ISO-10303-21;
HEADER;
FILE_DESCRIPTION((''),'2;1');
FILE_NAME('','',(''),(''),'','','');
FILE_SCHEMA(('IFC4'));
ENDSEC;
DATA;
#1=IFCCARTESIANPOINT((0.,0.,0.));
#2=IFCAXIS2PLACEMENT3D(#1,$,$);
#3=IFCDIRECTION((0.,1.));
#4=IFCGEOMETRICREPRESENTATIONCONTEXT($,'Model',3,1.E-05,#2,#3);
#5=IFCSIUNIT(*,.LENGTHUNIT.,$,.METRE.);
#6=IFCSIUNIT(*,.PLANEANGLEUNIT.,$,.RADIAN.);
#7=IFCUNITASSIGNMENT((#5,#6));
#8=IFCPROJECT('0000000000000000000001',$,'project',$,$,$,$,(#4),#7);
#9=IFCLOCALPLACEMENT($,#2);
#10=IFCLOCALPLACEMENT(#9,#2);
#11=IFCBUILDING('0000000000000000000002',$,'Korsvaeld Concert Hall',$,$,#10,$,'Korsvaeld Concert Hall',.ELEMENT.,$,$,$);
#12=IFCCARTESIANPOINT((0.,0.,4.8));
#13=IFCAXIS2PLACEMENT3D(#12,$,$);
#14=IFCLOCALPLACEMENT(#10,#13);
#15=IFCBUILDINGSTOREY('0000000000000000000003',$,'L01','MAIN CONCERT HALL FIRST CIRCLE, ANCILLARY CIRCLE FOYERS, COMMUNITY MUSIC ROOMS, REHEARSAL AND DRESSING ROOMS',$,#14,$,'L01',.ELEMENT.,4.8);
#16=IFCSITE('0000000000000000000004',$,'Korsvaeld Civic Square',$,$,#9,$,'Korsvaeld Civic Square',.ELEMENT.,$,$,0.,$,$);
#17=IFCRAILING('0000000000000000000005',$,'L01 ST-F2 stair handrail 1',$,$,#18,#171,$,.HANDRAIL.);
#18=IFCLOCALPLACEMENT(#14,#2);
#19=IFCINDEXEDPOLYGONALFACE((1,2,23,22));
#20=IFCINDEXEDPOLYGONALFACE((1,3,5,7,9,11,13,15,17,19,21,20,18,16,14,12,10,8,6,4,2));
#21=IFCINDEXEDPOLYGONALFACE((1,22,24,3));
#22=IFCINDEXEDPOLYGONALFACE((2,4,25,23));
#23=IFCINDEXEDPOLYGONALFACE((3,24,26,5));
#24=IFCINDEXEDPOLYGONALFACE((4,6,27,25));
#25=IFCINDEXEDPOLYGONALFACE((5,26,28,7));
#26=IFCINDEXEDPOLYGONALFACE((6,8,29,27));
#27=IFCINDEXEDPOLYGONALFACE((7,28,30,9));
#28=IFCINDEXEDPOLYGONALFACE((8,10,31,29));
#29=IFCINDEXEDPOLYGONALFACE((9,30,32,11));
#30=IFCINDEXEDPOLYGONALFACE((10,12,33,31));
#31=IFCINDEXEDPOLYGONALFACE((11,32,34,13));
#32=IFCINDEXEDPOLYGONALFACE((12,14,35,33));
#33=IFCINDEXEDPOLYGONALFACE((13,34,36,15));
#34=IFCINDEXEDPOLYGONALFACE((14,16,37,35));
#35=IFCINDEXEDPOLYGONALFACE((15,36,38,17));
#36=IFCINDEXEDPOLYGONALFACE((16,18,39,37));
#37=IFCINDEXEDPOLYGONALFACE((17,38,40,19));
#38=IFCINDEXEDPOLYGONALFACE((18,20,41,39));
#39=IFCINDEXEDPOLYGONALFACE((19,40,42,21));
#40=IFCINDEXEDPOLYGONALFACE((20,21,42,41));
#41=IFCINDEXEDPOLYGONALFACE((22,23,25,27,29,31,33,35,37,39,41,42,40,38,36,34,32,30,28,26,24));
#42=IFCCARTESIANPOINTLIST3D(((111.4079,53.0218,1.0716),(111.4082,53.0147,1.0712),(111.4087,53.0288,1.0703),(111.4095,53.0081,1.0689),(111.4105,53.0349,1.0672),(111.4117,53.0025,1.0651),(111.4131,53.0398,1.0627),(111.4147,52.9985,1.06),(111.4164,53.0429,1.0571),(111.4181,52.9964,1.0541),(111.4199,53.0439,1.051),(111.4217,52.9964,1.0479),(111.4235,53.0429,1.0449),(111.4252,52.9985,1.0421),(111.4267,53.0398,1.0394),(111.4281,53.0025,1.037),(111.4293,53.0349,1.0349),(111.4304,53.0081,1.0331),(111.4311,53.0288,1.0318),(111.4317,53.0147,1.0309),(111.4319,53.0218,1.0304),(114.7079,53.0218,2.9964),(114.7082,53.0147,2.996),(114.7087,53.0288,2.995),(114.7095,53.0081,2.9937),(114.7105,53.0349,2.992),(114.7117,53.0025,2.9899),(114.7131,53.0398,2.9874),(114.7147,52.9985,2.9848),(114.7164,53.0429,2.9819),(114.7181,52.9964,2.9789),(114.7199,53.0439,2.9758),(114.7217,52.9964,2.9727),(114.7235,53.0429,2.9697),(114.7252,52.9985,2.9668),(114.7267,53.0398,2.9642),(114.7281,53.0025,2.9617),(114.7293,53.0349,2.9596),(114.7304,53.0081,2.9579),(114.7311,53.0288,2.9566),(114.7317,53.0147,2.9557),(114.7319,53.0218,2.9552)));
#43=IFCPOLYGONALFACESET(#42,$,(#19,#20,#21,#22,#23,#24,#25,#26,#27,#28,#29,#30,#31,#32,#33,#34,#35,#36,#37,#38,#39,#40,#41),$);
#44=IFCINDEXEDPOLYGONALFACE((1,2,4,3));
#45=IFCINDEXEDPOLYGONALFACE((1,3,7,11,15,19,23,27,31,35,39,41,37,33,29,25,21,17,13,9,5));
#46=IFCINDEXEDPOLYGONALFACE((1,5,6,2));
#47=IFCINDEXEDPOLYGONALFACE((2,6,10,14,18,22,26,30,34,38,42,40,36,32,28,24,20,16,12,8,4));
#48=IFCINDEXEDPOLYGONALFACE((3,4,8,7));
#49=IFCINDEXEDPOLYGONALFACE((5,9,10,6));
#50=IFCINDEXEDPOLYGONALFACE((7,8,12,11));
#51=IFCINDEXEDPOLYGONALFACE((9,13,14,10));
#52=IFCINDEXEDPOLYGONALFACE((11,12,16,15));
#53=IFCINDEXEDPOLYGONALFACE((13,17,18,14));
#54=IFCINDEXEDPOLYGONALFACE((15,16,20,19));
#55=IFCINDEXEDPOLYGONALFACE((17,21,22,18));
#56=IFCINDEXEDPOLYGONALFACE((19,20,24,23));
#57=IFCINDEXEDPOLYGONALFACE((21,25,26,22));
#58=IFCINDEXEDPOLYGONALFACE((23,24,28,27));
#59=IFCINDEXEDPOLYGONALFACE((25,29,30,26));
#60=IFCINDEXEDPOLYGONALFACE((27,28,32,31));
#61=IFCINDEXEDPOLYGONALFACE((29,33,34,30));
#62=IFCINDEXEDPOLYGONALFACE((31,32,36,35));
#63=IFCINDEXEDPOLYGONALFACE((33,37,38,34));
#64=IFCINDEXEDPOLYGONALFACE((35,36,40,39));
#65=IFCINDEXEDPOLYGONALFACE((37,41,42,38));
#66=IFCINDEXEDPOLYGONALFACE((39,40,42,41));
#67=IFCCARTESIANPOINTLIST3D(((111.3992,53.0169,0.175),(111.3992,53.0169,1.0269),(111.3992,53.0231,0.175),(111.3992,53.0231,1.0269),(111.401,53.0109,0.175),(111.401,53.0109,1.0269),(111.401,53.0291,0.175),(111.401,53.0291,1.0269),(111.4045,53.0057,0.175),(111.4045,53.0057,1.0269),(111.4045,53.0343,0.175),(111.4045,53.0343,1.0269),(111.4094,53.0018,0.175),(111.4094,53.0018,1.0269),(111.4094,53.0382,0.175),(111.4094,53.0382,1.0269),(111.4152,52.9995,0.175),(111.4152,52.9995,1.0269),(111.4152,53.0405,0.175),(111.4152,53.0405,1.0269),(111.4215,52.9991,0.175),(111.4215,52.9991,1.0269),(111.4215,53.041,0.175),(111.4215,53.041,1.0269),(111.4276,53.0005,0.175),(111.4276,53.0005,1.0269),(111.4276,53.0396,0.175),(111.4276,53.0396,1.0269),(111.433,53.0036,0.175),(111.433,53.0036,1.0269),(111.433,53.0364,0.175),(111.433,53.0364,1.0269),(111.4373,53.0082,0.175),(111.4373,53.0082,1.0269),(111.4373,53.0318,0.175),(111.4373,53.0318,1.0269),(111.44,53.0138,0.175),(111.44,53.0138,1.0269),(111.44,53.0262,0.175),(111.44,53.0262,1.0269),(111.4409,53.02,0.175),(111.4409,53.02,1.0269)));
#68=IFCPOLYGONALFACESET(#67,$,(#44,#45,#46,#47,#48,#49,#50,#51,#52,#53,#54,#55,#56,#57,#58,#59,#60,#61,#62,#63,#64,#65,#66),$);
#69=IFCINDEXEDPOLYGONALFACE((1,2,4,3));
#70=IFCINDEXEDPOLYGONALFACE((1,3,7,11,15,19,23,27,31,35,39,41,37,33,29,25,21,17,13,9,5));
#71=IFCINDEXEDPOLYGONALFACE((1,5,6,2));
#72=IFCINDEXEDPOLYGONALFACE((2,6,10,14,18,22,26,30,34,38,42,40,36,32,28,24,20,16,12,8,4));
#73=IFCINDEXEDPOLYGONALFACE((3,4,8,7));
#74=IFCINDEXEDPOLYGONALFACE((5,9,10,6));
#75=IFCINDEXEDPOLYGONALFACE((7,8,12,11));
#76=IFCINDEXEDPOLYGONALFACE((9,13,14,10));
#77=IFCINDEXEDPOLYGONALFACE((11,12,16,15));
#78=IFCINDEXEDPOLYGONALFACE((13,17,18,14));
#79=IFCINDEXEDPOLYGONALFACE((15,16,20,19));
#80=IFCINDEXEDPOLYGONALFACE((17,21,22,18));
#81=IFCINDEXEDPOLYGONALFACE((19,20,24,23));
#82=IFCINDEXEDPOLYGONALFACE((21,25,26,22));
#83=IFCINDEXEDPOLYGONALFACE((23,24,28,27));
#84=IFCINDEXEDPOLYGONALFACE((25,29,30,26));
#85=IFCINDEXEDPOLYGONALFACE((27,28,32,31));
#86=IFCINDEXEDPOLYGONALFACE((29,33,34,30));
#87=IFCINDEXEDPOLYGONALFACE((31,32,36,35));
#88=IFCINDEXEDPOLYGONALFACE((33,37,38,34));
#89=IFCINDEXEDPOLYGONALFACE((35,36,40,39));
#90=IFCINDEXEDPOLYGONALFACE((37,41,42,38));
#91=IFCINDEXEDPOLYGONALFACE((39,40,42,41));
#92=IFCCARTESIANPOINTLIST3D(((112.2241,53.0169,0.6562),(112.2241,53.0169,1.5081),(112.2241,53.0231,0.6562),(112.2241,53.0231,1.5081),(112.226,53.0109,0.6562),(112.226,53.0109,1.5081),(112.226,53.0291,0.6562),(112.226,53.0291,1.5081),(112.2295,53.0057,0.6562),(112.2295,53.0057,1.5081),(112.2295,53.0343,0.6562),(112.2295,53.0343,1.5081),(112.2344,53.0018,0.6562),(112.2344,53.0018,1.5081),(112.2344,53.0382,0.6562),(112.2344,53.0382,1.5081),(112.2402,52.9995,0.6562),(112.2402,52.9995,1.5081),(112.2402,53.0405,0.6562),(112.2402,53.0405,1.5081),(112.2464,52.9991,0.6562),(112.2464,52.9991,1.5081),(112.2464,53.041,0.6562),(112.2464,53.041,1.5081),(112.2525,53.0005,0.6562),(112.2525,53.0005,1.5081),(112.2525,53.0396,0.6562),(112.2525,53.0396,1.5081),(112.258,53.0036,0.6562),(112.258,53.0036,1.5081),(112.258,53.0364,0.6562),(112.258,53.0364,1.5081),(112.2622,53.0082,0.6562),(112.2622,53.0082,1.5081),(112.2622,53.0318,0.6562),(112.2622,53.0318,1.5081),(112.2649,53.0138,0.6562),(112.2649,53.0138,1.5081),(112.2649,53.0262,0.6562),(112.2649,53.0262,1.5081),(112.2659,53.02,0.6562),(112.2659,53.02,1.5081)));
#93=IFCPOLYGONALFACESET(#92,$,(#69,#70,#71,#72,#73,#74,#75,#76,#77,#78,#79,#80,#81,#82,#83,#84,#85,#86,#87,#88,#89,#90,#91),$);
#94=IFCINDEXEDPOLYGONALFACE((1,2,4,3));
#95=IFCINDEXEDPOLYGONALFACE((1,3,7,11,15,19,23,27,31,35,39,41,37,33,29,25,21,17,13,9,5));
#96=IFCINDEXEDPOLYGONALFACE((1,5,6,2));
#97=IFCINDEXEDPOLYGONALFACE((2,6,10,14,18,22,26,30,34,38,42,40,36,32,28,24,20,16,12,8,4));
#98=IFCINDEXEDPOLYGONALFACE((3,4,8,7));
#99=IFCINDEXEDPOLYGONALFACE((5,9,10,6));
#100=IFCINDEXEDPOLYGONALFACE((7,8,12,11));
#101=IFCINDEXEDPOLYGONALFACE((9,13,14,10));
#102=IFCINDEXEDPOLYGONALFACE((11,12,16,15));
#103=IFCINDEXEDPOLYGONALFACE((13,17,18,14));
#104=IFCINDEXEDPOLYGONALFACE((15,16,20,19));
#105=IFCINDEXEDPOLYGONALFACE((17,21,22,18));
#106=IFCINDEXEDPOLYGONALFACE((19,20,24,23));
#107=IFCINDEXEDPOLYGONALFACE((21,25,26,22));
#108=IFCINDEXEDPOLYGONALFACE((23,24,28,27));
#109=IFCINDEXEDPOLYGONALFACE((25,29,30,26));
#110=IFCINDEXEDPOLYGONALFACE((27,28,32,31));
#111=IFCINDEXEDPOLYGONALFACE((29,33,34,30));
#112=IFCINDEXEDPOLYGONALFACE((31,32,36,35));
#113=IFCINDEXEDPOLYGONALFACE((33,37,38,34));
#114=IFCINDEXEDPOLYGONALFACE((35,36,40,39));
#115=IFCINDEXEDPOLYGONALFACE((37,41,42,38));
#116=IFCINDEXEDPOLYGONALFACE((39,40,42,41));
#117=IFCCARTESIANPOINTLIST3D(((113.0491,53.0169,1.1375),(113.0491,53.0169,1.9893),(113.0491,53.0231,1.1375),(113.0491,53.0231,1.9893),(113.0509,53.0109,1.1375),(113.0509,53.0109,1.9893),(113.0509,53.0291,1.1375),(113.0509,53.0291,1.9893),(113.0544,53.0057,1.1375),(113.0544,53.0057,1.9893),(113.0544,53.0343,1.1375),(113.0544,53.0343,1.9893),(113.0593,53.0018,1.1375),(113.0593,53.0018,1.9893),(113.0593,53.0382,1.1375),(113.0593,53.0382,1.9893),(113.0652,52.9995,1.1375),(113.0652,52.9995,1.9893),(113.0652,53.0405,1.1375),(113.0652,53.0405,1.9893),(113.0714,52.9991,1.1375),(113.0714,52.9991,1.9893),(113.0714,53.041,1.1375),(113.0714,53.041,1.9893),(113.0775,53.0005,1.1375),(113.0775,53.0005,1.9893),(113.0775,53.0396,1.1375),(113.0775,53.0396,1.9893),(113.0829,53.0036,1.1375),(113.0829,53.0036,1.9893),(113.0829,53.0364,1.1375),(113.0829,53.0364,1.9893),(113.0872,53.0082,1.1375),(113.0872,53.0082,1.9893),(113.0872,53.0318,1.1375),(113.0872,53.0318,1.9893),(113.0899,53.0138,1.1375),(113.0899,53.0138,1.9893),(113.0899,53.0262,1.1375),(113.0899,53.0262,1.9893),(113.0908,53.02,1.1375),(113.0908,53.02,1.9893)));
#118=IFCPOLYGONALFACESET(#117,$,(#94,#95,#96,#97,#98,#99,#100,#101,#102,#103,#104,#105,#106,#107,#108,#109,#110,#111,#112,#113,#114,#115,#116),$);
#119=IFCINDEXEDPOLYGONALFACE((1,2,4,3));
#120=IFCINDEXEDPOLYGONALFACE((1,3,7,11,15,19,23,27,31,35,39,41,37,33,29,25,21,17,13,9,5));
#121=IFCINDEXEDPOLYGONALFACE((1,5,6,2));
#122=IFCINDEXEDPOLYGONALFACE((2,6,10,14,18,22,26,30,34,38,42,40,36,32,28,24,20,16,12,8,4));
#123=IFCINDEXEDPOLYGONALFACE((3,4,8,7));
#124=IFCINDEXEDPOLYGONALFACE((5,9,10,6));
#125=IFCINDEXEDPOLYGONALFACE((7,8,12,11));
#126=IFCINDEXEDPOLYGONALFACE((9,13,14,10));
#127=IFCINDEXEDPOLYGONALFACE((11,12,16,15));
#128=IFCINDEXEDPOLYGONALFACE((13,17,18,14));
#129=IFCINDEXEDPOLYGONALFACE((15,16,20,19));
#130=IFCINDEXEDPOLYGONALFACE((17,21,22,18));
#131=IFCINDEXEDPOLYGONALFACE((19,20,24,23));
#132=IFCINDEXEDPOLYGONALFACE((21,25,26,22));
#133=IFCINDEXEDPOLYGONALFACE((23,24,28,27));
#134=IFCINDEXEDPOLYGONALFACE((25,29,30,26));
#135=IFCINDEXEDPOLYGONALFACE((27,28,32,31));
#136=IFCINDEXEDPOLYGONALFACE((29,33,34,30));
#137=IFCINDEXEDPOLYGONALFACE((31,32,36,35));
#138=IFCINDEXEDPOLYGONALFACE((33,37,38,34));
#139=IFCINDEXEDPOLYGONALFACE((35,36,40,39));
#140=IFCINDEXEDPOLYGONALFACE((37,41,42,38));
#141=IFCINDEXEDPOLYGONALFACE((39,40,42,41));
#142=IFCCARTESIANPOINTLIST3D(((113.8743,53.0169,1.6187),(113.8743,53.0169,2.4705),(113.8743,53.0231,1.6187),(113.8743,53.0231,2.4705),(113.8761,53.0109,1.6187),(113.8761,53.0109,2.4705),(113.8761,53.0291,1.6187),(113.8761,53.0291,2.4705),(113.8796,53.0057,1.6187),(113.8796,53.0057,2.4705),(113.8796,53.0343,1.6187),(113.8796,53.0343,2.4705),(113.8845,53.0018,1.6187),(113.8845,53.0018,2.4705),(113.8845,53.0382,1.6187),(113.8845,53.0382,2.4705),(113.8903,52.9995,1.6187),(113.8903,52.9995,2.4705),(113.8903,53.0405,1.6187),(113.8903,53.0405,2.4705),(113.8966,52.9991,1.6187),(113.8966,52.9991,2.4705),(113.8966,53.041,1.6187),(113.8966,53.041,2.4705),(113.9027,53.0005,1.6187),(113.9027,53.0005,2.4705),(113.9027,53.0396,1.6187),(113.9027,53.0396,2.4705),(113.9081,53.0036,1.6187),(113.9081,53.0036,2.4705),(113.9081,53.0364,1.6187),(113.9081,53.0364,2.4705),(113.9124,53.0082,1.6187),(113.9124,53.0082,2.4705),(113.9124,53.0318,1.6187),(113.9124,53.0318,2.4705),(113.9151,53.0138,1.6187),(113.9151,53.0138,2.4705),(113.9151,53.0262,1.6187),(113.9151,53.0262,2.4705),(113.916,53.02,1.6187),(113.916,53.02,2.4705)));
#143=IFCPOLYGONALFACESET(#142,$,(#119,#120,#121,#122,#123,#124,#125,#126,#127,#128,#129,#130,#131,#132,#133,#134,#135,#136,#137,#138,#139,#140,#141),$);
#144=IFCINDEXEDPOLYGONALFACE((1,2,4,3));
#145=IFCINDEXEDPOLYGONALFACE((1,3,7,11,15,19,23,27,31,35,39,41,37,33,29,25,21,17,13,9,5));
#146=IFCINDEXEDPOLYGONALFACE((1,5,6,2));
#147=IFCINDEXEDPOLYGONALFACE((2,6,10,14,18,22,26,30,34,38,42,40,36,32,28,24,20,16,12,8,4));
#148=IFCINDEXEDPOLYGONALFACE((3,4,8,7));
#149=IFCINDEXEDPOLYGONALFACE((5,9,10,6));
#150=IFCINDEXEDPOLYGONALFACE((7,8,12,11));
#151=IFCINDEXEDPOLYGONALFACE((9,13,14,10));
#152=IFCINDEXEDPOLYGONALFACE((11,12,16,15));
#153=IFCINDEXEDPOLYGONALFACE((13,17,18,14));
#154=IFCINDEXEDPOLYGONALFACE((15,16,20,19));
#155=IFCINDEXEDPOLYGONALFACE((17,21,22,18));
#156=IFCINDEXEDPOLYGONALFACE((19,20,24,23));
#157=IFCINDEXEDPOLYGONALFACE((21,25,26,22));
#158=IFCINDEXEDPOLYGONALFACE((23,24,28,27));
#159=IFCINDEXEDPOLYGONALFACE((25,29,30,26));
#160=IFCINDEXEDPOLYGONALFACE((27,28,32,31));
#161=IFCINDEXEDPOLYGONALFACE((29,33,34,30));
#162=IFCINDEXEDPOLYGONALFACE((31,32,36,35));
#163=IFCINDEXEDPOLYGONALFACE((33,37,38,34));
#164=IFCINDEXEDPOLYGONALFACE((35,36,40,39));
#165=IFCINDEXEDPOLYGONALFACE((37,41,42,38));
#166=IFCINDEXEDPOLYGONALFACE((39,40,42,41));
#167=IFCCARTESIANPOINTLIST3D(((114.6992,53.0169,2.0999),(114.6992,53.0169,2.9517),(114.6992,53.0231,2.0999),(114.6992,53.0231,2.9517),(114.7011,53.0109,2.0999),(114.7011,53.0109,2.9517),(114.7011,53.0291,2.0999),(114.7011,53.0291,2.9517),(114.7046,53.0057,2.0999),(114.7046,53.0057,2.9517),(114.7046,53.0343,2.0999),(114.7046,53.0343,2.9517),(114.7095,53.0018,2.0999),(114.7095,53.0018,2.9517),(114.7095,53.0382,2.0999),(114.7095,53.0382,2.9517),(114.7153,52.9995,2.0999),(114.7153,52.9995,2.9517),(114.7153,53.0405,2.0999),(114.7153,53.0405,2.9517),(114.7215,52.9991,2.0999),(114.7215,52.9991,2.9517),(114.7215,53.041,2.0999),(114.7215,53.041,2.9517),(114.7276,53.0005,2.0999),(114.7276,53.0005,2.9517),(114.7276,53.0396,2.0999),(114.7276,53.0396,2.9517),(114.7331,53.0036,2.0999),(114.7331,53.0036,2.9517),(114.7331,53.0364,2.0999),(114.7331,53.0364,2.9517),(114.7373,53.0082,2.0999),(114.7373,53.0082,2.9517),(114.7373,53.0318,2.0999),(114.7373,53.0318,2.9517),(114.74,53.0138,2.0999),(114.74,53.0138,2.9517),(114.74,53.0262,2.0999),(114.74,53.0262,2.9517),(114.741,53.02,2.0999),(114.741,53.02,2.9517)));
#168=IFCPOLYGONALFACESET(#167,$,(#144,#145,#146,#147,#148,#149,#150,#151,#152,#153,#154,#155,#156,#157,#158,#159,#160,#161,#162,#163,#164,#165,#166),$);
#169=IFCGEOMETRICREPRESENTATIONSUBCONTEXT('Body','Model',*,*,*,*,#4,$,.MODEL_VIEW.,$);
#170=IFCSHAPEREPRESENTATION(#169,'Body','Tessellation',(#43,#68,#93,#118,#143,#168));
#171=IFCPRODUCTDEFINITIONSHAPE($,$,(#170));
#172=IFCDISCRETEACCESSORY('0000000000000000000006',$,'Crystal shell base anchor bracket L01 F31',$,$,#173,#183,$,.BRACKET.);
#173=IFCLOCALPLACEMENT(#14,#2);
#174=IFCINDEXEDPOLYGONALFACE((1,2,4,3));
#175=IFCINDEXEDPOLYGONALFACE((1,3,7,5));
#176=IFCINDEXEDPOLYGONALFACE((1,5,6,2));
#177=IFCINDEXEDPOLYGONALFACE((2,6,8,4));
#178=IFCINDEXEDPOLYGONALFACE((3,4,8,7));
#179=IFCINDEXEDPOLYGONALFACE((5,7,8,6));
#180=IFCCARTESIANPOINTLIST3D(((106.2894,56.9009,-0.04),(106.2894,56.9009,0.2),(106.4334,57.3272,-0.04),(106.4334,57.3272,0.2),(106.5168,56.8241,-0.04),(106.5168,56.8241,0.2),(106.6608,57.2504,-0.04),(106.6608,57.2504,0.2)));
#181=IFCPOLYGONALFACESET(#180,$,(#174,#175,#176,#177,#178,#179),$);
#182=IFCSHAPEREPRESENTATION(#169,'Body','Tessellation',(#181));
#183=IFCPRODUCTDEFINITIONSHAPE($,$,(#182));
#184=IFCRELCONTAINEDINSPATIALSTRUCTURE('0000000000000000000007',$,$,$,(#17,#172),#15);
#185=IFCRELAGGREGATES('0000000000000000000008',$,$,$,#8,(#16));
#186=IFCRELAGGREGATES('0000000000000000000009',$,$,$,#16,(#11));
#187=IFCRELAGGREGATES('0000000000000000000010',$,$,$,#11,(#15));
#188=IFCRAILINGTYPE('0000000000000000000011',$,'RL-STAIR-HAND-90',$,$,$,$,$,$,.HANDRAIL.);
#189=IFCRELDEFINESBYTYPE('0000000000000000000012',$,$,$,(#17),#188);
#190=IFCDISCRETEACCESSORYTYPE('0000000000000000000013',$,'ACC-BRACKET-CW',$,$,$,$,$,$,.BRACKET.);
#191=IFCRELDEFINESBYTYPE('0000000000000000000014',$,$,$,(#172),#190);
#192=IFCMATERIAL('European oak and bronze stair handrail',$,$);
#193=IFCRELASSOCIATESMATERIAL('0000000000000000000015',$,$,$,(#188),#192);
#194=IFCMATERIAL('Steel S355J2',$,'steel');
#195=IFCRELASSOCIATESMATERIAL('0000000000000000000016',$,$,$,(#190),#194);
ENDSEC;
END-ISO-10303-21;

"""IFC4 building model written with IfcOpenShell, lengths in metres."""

from ifc_helpers import new_model, si_unit, direction, frame, origin, origin_2d, place, context, subcontext, project, spatial, rectangle, circle, extrude, material, type_object, element, save


model = new_model("IFC4")

# Units and contexts
model_context = context("Model", 3, precision=1e-05, world=origin(), true_north=direction((0.0, 1.0)))
body_context = subcontext(model_context, "Body", "Model", "MODEL_VIEW")
ifc_project = project(units=[si_unit("LENGTHUNIT", "METRE"), si_unit("PLANEANGLEUNIT", "RADIAN")], contexts=[model_context])

# Site, building, storey
site_placement = place(None, origin())
site = spatial("IfcSite", under=ifc_project, at=site_placement, Name="Korsvaeld Civic Square", LongName="Korsvaeld Civic Square", CompositionType="ELEMENT", RefElevation=0.0)
building_placement = place(site_placement, origin())
building = spatial("IfcBuilding", under=site, at=building_placement, Name="Korsvaeld Concert Hall", LongName="Korsvaeld Concert Hall", CompositionType="ELEMENT")
storey_placement = place(building_placement, frame((0.0, 0.0, 4.8)))
storey = spatial("IfcBuildingStorey", under=building, at=storey_placement, Name="L01", Description="MAIN CONCERT HALL FIRST CIRCLE, ANCILLARY CIRCLE FOYERS, COMMUNITY MUSIC ROOMS, REHEARSAL AND DRESSING ROOMS", LongName="L01", CompositionType="ELEMENT", Elevation=4.8)

# Railing
ifc_material_1 = material(Name="European oak and bronze stair handrail")
railing_type_1 = type_object("IfcRailingType", Name="RL-STAIR-HAND-90", PredefinedType="HANDRAIL", material=ifc_material_1)
for number, where, name in (
    (1, (111.4199, 53.02, 0.175), "L01 ST-F2 stair handrail 1"),
):
    element("IfcRailing", number, at=place(storey_placement, frame(where)), inside=storey, type_object=railing_type_1, Name=name, PredefinedType="HANDRAIL", context=body_context, shape_type="SweptSolid", body=[
        extrude(circle(Radius=0.0239, at=origin_2d()), frame((0.0, 0.0, 0.876), z_axis=(0.863804, 0.0, 0.503827), x_axis=(0.0, 1.0, 0.0)), (0.0, 0.0, 1.0), 3.8203),
        extrude(circle(Radius=0.021, at=origin_2d()), origin(), (0.0, 0.0, 1.0), 0.8518),
        extrude(circle(Radius=0.021, at=origin_2d()), frame((0.825, 0.0, 0.4812)), (0.0, 0.0, 1.0), 0.8518),
        extrude(circle(Radius=0.021, at=origin_2d()), frame((1.6499, 0.0, 0.9624)), (0.0, 0.0, 1.0), 0.8518),
        extrude(circle(Radius=0.021, at=origin_2d()), frame((2.4751, 0.0, 1.4436)), (0.0, 0.0, 1.0), 0.8518),
        extrude(circle(Radius=0.021, at=origin_2d()), frame((3.3, 0.0, 1.9248)), (0.0, 0.0, 1.0), 0.8518),
    ])

# Discrete accessory
ifc_material_2 = material(Name="Steel S355J2", Category="steel")
discrete_accessory_type = type_object("IfcDiscreteAccessoryType", Name="ACC-BRACKET-CW", PredefinedType="BRACKET", material=ifc_material_2)
discrete_accessory_placement = place(storey_placement, frame((106.4751, 57.0757, -0.04), z_axis=(0.0, 0.0, 1.0), x_axis=(0.319952, 0.947434, 0.0)))
element("IfcDiscreteAccessory", 2, at=discrete_accessory_placement, inside=storey, type_object=discrete_accessory_type, Name="Crystal shell base anchor bracket L01 F31", PredefinedType="BRACKET", context=body_context, shape_type="SweptSolid", body=[
    extrude(rectangle(XDim=0.45, YDim=0.24, at=origin_2d()), origin(), (0.0, 0.0, 1.0), 0.24),
])

save(model, "model.ifc")
